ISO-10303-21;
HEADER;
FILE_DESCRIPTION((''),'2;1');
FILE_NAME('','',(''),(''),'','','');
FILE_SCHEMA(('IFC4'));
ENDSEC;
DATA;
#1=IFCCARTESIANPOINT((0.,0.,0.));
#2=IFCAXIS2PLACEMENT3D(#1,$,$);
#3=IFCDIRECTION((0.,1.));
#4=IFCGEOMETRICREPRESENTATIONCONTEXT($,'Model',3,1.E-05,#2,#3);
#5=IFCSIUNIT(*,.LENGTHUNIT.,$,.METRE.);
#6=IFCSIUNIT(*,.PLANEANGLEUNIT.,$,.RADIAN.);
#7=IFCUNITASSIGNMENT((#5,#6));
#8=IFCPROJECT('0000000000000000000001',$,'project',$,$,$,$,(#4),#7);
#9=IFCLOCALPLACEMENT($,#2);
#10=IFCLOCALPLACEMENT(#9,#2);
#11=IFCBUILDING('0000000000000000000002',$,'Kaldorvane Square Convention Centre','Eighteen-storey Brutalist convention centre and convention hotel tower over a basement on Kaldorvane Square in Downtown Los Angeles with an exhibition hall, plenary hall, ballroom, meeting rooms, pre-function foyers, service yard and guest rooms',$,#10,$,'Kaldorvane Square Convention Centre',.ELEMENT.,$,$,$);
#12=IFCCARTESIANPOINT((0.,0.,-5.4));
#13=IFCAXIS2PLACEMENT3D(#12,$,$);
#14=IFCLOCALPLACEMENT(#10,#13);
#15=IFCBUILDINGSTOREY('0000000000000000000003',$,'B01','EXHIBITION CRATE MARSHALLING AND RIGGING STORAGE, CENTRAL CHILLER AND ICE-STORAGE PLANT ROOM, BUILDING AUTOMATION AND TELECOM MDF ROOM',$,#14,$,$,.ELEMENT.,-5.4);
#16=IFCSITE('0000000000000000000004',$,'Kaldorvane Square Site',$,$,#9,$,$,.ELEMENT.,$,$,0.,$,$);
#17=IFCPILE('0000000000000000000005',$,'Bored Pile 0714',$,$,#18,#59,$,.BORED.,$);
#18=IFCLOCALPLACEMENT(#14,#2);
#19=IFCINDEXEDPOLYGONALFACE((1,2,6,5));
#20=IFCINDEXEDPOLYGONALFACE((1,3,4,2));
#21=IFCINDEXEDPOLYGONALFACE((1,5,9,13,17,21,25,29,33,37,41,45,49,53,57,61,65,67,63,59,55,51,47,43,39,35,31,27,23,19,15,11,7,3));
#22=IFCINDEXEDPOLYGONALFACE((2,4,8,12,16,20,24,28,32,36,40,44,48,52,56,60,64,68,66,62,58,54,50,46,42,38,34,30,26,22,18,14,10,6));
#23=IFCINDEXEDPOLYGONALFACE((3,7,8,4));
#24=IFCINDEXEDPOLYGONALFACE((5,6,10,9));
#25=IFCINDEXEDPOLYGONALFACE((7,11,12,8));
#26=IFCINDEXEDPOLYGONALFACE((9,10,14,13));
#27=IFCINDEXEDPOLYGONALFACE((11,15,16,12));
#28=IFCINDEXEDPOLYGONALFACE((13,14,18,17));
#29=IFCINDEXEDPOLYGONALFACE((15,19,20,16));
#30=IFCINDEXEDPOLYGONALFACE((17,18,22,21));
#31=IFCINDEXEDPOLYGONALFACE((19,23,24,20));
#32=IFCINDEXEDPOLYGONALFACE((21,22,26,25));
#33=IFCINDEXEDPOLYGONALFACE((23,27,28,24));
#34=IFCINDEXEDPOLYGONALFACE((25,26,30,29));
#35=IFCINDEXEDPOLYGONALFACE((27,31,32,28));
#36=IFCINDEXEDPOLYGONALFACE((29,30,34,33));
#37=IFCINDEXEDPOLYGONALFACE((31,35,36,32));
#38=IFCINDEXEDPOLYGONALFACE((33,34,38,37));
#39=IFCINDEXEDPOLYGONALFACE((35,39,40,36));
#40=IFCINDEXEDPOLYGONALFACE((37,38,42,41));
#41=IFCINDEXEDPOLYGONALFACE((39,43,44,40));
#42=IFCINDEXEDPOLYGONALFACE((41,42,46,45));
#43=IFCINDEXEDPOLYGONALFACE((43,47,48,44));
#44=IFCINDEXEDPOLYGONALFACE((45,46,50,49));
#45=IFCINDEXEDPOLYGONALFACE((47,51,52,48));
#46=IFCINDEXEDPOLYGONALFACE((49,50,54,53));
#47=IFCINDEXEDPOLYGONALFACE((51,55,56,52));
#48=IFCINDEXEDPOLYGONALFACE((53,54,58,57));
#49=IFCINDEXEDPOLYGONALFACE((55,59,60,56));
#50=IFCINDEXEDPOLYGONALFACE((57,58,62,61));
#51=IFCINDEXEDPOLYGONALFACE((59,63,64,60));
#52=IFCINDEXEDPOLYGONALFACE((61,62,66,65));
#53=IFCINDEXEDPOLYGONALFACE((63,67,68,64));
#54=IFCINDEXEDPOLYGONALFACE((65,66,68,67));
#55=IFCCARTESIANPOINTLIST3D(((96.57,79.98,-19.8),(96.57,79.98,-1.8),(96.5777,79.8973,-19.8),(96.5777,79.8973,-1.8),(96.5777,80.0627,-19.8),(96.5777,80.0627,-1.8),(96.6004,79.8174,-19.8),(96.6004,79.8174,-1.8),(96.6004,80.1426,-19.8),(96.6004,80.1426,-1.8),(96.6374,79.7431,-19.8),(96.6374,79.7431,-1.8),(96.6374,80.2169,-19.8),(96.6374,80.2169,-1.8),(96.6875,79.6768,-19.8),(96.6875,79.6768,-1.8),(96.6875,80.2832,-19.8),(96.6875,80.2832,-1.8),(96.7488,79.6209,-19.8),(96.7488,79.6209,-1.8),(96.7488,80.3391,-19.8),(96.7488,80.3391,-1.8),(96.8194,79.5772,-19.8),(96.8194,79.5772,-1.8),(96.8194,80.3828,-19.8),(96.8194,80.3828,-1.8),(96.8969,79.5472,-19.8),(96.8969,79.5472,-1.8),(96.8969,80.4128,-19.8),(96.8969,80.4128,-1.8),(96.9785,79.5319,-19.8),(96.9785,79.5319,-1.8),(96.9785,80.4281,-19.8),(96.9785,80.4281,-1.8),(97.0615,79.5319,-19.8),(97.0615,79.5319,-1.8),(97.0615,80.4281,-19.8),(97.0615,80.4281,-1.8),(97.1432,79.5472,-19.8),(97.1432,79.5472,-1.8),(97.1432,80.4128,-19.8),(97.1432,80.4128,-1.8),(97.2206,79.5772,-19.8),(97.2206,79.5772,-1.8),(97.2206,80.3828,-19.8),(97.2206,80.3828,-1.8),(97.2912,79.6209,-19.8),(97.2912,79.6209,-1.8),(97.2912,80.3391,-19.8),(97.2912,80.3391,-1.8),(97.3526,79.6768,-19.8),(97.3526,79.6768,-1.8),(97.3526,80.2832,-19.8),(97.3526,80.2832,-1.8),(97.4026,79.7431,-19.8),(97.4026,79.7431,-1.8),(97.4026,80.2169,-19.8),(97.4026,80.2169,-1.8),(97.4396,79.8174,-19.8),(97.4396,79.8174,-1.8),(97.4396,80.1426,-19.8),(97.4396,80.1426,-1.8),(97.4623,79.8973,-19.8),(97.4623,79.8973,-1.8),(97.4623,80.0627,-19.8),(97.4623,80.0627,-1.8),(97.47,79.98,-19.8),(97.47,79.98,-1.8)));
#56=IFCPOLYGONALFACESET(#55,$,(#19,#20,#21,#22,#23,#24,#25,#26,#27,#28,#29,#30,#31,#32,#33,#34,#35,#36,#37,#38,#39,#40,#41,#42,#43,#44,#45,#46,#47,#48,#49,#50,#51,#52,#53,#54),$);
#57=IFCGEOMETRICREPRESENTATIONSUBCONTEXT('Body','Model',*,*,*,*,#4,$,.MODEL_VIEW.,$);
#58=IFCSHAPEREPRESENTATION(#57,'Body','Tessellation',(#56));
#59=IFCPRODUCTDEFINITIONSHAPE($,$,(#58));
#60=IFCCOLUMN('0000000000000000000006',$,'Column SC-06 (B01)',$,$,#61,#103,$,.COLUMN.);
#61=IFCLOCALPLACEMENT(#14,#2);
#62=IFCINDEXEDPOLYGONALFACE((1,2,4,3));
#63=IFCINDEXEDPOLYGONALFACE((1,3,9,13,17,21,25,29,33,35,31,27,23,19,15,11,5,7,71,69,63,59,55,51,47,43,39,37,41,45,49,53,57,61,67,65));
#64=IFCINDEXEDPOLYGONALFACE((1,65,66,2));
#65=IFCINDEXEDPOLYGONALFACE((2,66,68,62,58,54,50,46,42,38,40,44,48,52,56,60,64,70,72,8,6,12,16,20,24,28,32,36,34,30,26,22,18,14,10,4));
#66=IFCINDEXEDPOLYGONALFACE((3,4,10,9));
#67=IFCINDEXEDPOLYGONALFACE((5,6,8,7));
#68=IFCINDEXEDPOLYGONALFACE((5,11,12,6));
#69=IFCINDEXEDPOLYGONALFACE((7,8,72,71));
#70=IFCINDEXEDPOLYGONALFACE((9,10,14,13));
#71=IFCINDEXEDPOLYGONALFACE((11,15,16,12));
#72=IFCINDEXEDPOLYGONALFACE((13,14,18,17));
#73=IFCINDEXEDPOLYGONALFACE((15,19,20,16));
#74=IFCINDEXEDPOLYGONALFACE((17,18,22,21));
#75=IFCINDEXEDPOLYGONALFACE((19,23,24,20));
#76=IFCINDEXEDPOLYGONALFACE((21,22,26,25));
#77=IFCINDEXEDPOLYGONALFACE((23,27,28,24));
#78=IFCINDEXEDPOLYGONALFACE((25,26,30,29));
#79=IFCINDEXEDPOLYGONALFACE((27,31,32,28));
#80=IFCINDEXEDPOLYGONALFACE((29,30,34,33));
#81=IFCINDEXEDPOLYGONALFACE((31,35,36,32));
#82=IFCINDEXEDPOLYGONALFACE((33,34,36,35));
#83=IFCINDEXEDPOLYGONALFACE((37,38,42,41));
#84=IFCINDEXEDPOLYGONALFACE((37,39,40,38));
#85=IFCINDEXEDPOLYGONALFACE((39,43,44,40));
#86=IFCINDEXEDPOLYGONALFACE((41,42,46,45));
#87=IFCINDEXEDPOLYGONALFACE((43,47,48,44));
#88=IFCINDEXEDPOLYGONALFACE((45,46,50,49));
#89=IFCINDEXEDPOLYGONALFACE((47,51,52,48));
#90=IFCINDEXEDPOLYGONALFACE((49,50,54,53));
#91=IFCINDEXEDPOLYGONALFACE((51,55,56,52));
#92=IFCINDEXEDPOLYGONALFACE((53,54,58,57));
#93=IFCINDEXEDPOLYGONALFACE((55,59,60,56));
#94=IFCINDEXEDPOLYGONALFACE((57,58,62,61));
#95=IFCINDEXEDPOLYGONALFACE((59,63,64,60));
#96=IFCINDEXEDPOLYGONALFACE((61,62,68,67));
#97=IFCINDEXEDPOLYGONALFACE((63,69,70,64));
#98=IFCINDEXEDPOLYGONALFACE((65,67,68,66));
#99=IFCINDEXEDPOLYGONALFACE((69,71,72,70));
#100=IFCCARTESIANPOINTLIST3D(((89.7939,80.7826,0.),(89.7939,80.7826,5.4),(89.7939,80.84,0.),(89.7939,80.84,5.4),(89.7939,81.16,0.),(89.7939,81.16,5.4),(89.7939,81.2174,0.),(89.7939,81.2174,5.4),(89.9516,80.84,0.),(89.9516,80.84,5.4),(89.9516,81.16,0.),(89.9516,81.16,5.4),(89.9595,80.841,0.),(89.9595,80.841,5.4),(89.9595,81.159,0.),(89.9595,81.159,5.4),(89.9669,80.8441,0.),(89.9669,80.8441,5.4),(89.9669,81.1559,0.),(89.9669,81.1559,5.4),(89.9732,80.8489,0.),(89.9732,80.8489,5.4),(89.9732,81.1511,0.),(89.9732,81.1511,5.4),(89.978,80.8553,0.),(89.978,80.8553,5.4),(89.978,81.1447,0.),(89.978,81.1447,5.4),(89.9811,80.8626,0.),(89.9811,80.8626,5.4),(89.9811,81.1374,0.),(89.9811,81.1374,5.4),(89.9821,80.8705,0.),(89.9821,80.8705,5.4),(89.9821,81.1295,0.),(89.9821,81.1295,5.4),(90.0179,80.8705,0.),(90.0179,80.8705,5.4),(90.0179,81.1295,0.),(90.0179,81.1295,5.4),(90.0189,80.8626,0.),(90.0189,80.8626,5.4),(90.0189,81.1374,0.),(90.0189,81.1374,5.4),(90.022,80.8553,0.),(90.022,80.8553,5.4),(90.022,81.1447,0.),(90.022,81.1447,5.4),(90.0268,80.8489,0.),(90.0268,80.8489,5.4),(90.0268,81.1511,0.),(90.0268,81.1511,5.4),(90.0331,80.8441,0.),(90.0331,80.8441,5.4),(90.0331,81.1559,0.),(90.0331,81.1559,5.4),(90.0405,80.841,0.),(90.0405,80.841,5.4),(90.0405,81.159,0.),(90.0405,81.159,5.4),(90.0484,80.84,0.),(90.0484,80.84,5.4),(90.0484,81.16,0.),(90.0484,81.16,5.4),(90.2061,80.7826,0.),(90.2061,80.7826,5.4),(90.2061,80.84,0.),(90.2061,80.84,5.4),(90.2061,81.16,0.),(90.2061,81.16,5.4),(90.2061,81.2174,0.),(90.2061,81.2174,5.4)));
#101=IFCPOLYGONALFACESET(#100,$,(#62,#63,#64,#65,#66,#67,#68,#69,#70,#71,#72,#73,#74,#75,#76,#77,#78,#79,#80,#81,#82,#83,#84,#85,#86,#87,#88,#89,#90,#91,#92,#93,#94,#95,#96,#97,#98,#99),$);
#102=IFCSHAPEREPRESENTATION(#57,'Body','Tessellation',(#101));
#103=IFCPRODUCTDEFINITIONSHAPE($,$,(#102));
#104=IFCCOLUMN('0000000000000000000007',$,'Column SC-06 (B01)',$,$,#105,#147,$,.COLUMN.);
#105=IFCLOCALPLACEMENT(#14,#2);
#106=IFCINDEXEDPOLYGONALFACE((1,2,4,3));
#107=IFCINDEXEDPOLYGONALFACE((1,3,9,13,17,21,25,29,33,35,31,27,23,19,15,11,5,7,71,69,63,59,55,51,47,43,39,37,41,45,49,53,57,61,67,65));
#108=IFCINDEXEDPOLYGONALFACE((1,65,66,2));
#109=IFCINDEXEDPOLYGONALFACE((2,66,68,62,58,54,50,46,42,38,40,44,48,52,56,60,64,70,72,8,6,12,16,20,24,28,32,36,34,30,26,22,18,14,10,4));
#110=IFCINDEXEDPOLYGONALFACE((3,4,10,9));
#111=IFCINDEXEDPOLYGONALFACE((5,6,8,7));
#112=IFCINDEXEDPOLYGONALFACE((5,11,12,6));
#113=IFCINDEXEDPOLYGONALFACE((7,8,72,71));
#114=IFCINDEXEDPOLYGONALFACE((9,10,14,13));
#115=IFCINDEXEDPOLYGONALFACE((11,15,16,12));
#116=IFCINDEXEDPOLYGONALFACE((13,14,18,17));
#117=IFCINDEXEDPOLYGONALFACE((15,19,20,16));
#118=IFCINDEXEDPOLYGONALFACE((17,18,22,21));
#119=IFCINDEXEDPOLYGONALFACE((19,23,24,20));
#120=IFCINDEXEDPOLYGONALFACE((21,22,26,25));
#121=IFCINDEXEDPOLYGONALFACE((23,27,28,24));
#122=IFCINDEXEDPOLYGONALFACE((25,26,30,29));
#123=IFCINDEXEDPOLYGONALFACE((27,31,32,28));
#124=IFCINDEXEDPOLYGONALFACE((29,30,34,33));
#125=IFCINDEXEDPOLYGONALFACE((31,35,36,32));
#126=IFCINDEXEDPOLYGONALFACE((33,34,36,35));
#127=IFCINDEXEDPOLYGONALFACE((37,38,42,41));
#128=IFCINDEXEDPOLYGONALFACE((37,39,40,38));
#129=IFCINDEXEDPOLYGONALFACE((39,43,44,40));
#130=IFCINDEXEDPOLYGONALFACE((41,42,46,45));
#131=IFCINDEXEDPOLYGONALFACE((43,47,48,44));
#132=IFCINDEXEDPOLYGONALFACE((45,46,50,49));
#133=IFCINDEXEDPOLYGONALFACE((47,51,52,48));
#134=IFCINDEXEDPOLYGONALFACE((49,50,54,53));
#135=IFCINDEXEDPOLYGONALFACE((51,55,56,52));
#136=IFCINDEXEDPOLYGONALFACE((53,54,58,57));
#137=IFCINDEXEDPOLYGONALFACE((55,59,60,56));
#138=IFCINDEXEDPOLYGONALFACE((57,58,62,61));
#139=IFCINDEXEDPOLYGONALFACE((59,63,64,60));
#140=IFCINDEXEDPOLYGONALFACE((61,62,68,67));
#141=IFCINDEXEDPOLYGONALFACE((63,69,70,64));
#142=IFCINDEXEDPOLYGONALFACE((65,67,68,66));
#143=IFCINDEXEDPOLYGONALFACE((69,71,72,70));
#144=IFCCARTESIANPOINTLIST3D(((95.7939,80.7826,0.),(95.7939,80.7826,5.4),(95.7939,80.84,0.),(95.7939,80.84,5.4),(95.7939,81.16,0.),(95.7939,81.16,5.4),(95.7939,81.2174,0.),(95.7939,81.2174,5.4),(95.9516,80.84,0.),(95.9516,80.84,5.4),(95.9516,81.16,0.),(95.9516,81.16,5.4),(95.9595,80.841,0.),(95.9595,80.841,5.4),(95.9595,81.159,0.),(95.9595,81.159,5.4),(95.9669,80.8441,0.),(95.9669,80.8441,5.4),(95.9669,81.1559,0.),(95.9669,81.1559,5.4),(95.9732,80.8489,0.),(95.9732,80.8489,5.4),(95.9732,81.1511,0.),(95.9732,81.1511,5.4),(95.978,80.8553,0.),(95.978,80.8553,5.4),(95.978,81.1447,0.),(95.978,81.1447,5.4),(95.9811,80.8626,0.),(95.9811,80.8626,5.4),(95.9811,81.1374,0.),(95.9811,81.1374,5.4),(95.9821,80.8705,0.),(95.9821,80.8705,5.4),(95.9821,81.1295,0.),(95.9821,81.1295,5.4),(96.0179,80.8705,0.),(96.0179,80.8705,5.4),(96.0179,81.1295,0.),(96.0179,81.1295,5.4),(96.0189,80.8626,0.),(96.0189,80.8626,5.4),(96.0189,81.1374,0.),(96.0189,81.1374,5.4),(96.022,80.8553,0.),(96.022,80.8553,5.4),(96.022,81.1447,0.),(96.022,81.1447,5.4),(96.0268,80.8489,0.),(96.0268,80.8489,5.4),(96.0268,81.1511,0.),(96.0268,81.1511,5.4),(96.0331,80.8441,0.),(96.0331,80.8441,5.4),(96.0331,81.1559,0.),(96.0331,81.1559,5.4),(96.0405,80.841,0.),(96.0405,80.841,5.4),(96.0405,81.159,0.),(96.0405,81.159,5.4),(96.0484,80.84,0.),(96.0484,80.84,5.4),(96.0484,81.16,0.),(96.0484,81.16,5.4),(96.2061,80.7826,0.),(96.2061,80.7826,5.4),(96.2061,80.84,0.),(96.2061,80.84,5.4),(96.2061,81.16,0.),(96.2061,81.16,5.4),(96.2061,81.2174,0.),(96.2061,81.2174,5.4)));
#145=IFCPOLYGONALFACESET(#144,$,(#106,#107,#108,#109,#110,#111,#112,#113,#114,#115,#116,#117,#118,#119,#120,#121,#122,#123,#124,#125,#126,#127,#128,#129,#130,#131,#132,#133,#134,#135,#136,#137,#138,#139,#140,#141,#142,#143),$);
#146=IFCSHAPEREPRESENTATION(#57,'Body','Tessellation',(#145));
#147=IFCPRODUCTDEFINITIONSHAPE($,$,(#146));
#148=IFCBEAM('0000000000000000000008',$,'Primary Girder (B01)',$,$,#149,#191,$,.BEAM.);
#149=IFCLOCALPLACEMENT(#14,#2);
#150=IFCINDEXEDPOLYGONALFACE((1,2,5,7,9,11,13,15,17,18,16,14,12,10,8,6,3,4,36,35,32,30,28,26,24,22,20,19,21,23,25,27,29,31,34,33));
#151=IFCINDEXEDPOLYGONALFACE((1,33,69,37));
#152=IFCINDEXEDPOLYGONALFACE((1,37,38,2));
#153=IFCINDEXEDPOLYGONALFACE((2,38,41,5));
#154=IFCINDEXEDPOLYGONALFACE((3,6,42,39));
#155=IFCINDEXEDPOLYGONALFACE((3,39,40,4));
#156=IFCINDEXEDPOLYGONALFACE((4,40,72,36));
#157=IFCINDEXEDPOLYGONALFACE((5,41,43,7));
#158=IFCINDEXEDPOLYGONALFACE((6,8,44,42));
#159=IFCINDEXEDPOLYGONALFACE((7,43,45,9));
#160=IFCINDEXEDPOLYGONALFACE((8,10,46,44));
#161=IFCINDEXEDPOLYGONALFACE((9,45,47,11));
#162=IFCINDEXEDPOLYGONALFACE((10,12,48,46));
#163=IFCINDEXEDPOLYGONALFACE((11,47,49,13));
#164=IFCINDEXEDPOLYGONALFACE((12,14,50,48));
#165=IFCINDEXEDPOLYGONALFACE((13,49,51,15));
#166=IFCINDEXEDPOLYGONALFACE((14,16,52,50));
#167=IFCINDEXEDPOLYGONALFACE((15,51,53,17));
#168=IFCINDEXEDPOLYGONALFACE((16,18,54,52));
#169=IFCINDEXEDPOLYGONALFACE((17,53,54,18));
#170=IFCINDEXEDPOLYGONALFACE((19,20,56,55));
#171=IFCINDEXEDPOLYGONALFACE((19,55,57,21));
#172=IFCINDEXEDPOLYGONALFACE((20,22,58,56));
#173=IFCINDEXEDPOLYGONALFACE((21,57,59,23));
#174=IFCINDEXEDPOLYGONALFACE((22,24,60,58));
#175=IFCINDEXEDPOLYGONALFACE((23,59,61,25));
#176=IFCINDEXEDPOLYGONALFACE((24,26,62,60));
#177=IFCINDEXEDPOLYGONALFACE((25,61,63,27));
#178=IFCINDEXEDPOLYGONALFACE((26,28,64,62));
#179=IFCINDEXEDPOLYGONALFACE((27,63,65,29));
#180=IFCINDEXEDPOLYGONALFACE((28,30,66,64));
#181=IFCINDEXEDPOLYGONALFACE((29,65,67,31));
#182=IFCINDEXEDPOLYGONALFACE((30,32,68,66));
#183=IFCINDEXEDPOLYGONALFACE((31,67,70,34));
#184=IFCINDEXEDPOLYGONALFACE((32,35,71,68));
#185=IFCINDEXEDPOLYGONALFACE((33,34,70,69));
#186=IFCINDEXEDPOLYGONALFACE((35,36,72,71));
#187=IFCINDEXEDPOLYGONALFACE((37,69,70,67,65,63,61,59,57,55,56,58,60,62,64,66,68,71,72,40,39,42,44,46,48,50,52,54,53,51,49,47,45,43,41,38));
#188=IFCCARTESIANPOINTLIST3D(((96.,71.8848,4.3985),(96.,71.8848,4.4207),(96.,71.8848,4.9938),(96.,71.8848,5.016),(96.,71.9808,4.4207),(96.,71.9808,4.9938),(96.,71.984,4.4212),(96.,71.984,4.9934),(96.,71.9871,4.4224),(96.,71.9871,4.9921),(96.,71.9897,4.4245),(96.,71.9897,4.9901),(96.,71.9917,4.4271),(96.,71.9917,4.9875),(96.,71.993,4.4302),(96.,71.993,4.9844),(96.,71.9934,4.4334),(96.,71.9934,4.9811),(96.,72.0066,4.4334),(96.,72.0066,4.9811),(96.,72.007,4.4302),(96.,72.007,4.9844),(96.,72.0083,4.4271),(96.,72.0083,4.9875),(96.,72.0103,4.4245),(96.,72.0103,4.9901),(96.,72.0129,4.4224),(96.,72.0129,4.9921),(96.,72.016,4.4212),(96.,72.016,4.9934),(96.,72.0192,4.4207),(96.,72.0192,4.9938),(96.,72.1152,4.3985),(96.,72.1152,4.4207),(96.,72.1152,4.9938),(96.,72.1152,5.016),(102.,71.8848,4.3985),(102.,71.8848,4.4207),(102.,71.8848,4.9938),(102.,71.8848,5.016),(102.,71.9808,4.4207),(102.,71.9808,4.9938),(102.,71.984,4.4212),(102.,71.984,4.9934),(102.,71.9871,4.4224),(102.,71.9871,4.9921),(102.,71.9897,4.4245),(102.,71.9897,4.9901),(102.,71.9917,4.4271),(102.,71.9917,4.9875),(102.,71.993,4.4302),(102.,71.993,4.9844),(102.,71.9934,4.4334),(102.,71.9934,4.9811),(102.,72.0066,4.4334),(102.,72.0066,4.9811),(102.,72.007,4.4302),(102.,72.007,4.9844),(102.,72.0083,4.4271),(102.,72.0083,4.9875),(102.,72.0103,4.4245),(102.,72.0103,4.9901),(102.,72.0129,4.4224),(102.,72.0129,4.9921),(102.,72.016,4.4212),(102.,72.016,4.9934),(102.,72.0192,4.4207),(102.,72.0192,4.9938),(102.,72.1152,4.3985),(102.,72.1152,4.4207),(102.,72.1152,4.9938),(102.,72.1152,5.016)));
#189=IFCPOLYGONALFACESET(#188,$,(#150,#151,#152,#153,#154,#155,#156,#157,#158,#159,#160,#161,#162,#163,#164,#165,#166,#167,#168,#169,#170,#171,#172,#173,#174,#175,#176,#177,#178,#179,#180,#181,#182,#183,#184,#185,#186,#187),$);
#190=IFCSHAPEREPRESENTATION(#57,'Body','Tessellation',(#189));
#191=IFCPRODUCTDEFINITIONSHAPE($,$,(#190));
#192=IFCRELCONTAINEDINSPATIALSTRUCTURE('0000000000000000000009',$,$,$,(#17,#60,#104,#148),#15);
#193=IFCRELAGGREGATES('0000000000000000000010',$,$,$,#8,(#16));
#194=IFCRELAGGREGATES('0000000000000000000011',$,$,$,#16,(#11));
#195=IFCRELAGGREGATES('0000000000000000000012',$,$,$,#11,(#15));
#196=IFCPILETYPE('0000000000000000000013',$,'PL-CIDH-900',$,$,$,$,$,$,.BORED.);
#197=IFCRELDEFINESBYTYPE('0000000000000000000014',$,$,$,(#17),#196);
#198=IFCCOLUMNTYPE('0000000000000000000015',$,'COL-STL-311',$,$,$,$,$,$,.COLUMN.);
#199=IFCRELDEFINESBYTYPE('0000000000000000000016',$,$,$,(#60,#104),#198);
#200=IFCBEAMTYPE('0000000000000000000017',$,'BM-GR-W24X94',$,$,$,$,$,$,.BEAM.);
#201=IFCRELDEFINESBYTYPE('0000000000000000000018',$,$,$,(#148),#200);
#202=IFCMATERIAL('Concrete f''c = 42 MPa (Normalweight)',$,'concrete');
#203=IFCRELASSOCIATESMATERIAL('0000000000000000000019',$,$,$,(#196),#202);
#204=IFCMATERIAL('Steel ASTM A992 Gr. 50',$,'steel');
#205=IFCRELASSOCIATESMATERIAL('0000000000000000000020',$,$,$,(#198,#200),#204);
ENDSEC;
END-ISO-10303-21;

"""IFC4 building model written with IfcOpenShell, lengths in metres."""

from ifc_helpers import new_model, si_unit, direction, frame, origin, origin_2d, place, context, subcontext, project, spatial, circle, i_section, extrude, material, material_profile, profile_set, type_object, element, save


model = new_model("IFC4")

# Units and contexts
model_context = context("Model", 3, precision=1e-05, world=origin(), true_north=direction((0.0, 1.0)))
body_context = subcontext(model_context, "Body", "Model", "MODEL_VIEW")
ifc_project = project(units=[si_unit("LENGTHUNIT", "METRE"), si_unit("PLANEANGLEUNIT", "RADIAN")], contexts=[model_context])

# Site, building, storey
site_placement = place(None, origin())
site = spatial("IfcSite", under=ifc_project, at=site_placement, Name="Kaldorvane Square Site", CompositionType="ELEMENT", RefElevation=0.0)
building_placement = place(site_placement, origin())
building = spatial("IfcBuilding", under=site, at=building_placement, Name="Kaldorvane Square Convention Centre", Description="Eighteen-storey Brutalist convention centre and convention hotel tower over a basement on Kaldorvane Square in Downtown Los Angeles with an exhibition hall, plenary hall, ballroom, meeting rooms, pre-function foyers, service yard and guest rooms", LongName="Kaldorvane Square Convention Centre", CompositionType="ELEMENT")
storey_placement = place(building_placement, frame((0.0, 0.0, -5.4)))
storey = spatial("IfcBuildingStorey", under=building, at=storey_placement, Name="B01", Description="EXHIBITION CRATE MARSHALLING AND RIGGING STORAGE, CENTRAL CHILLER AND ICE-STORAGE PLANT ROOM, BUILDING AUTOMATION AND TELECOM MDF ROOM", CompositionType="ELEMENT", Elevation=-5.4)

# Shared definitions
ifc_material_1 = material(Name="Concrete f'c = 42 MPa (Normalweight)", Category="concrete")

# Pile
ifc_material_profile_1 = material_profile(ifc_material_1, circle(Radius=0.45, at=origin_2d()), Name="PILE-D900")
ifc_profile_set_1 = profile_set([ifc_material_profile_1], Name="Concrete f'c = 42 MPa (Normalweight)")
pile_type_1 = type_object("IfcPileType", Name="PL-CIDH-900", PredefinedType="BORED", material=ifc_profile_set_1)
for number, where, z_axis, x_axis, name in (
    (1, (97.02, 79.98, -1.8), (0.0, 0.0, -1.0), (1.0, 0.0, 0.0), "Bored Pile 0714"),
):
    element("IfcPile", number, at=place(storey_placement, frame(where, z_axis=z_axis, x_axis=x_axis)), inside=storey, type_object=pile_type_1, Name=name, PredefinedType="BORED", context=body_context, shape_type="SweptSolid", body=[
        extrude(circle(Radius=0.45, at=origin_2d()), origin(), (0.0, 0.0, 1.0), 18.0),
    ])

# Columns
ifc_material_2 = material(Name="Steel ASTM A992 Gr. 50", Category="steel")
ifc_material_profile_2 = material_profile(ifc_material_2, i_section(OverallWidth=0.4122, OverallDepth=0.4348, WebThickness=0.0358, FlangeThickness=0.0574, FilletRadius=0.0305, at=origin_2d()), Name="W14X311")
ifc_profile_set_2 = profile_set([ifc_material_profile_2], Name="Steel ASTM A992 Gr. 50")
column_type = type_object("IfcColumnType", Name="COL-STL-311", PredefinedType="COLUMN", material=ifc_profile_set_2)
for number, where, z_axis, x_axis, name in (
    (2, (90.0, 81.0, 0.0), (0.0, 0.0, 1.0), (1.0, 0.0, 0.0), "Column SC-06 (B01)"),
    (3, (96.0, 81.0, 0.0), (0.0, 0.0, 1.0), (1.0, 0.0, 0.0), "Column SC-06 (B01)"),
):
    element("IfcColumn", number, at=place(storey_placement, frame(where, z_axis=z_axis, x_axis=x_axis)), inside=storey, type_object=column_type, Name=name, PredefinedType="COLUMN", context=body_context, shape_type="SweptSolid", body=[
        extrude(i_section(OverallWidth=0.4122, OverallDepth=0.4348, WebThickness=0.0358, FlangeThickness=0.0574, FilletRadius=0.0305, at=origin_2d()), origin(), (0.0, 0.0, 1.0), 5.4),
    ])

# Beam
ifc_material_profile_3 = material_profile(ifc_material_2, i_section(OverallWidth=0.2303, OverallDepth=0.6175, WebThickness=0.0131, FlangeThickness=0.0222, FilletRadius=0.0127, at=origin_2d()), Name="W24X94")
ifc_profile_set_3 = profile_set([ifc_material_profile_3], Name="Steel ASTM A992 Gr. 50")
beam_type_1 = type_object("IfcBeamType", Name="BM-GR-W24X94", PredefinedType="BEAM", material=ifc_profile_set_3)
for number, where, z_axis, x_axis, name in (
    (4, (96.0, 72.0, 4.7073), (1.0, 0.0, 0.0), (0.0, 1.0, 0.0), "Primary Girder (B01)"),
):
    element("IfcBeam", number, at=place(storey_placement, frame(where, z_axis=z_axis, x_axis=x_axis)), inside=storey, type_object=beam_type_1, Name=name, PredefinedType="BEAM", context=body_context, shape_type="SweptSolid", body=[
        extrude(i_section(OverallWidth=0.2303, OverallDepth=0.6175, WebThickness=0.0131, FlangeThickness=0.0222, FilletRadius=0.0127, at=origin_2d()), origin(), (0.0, 0.0, 1.0), 6.0),
    ])

save(model, "model.ifc")
